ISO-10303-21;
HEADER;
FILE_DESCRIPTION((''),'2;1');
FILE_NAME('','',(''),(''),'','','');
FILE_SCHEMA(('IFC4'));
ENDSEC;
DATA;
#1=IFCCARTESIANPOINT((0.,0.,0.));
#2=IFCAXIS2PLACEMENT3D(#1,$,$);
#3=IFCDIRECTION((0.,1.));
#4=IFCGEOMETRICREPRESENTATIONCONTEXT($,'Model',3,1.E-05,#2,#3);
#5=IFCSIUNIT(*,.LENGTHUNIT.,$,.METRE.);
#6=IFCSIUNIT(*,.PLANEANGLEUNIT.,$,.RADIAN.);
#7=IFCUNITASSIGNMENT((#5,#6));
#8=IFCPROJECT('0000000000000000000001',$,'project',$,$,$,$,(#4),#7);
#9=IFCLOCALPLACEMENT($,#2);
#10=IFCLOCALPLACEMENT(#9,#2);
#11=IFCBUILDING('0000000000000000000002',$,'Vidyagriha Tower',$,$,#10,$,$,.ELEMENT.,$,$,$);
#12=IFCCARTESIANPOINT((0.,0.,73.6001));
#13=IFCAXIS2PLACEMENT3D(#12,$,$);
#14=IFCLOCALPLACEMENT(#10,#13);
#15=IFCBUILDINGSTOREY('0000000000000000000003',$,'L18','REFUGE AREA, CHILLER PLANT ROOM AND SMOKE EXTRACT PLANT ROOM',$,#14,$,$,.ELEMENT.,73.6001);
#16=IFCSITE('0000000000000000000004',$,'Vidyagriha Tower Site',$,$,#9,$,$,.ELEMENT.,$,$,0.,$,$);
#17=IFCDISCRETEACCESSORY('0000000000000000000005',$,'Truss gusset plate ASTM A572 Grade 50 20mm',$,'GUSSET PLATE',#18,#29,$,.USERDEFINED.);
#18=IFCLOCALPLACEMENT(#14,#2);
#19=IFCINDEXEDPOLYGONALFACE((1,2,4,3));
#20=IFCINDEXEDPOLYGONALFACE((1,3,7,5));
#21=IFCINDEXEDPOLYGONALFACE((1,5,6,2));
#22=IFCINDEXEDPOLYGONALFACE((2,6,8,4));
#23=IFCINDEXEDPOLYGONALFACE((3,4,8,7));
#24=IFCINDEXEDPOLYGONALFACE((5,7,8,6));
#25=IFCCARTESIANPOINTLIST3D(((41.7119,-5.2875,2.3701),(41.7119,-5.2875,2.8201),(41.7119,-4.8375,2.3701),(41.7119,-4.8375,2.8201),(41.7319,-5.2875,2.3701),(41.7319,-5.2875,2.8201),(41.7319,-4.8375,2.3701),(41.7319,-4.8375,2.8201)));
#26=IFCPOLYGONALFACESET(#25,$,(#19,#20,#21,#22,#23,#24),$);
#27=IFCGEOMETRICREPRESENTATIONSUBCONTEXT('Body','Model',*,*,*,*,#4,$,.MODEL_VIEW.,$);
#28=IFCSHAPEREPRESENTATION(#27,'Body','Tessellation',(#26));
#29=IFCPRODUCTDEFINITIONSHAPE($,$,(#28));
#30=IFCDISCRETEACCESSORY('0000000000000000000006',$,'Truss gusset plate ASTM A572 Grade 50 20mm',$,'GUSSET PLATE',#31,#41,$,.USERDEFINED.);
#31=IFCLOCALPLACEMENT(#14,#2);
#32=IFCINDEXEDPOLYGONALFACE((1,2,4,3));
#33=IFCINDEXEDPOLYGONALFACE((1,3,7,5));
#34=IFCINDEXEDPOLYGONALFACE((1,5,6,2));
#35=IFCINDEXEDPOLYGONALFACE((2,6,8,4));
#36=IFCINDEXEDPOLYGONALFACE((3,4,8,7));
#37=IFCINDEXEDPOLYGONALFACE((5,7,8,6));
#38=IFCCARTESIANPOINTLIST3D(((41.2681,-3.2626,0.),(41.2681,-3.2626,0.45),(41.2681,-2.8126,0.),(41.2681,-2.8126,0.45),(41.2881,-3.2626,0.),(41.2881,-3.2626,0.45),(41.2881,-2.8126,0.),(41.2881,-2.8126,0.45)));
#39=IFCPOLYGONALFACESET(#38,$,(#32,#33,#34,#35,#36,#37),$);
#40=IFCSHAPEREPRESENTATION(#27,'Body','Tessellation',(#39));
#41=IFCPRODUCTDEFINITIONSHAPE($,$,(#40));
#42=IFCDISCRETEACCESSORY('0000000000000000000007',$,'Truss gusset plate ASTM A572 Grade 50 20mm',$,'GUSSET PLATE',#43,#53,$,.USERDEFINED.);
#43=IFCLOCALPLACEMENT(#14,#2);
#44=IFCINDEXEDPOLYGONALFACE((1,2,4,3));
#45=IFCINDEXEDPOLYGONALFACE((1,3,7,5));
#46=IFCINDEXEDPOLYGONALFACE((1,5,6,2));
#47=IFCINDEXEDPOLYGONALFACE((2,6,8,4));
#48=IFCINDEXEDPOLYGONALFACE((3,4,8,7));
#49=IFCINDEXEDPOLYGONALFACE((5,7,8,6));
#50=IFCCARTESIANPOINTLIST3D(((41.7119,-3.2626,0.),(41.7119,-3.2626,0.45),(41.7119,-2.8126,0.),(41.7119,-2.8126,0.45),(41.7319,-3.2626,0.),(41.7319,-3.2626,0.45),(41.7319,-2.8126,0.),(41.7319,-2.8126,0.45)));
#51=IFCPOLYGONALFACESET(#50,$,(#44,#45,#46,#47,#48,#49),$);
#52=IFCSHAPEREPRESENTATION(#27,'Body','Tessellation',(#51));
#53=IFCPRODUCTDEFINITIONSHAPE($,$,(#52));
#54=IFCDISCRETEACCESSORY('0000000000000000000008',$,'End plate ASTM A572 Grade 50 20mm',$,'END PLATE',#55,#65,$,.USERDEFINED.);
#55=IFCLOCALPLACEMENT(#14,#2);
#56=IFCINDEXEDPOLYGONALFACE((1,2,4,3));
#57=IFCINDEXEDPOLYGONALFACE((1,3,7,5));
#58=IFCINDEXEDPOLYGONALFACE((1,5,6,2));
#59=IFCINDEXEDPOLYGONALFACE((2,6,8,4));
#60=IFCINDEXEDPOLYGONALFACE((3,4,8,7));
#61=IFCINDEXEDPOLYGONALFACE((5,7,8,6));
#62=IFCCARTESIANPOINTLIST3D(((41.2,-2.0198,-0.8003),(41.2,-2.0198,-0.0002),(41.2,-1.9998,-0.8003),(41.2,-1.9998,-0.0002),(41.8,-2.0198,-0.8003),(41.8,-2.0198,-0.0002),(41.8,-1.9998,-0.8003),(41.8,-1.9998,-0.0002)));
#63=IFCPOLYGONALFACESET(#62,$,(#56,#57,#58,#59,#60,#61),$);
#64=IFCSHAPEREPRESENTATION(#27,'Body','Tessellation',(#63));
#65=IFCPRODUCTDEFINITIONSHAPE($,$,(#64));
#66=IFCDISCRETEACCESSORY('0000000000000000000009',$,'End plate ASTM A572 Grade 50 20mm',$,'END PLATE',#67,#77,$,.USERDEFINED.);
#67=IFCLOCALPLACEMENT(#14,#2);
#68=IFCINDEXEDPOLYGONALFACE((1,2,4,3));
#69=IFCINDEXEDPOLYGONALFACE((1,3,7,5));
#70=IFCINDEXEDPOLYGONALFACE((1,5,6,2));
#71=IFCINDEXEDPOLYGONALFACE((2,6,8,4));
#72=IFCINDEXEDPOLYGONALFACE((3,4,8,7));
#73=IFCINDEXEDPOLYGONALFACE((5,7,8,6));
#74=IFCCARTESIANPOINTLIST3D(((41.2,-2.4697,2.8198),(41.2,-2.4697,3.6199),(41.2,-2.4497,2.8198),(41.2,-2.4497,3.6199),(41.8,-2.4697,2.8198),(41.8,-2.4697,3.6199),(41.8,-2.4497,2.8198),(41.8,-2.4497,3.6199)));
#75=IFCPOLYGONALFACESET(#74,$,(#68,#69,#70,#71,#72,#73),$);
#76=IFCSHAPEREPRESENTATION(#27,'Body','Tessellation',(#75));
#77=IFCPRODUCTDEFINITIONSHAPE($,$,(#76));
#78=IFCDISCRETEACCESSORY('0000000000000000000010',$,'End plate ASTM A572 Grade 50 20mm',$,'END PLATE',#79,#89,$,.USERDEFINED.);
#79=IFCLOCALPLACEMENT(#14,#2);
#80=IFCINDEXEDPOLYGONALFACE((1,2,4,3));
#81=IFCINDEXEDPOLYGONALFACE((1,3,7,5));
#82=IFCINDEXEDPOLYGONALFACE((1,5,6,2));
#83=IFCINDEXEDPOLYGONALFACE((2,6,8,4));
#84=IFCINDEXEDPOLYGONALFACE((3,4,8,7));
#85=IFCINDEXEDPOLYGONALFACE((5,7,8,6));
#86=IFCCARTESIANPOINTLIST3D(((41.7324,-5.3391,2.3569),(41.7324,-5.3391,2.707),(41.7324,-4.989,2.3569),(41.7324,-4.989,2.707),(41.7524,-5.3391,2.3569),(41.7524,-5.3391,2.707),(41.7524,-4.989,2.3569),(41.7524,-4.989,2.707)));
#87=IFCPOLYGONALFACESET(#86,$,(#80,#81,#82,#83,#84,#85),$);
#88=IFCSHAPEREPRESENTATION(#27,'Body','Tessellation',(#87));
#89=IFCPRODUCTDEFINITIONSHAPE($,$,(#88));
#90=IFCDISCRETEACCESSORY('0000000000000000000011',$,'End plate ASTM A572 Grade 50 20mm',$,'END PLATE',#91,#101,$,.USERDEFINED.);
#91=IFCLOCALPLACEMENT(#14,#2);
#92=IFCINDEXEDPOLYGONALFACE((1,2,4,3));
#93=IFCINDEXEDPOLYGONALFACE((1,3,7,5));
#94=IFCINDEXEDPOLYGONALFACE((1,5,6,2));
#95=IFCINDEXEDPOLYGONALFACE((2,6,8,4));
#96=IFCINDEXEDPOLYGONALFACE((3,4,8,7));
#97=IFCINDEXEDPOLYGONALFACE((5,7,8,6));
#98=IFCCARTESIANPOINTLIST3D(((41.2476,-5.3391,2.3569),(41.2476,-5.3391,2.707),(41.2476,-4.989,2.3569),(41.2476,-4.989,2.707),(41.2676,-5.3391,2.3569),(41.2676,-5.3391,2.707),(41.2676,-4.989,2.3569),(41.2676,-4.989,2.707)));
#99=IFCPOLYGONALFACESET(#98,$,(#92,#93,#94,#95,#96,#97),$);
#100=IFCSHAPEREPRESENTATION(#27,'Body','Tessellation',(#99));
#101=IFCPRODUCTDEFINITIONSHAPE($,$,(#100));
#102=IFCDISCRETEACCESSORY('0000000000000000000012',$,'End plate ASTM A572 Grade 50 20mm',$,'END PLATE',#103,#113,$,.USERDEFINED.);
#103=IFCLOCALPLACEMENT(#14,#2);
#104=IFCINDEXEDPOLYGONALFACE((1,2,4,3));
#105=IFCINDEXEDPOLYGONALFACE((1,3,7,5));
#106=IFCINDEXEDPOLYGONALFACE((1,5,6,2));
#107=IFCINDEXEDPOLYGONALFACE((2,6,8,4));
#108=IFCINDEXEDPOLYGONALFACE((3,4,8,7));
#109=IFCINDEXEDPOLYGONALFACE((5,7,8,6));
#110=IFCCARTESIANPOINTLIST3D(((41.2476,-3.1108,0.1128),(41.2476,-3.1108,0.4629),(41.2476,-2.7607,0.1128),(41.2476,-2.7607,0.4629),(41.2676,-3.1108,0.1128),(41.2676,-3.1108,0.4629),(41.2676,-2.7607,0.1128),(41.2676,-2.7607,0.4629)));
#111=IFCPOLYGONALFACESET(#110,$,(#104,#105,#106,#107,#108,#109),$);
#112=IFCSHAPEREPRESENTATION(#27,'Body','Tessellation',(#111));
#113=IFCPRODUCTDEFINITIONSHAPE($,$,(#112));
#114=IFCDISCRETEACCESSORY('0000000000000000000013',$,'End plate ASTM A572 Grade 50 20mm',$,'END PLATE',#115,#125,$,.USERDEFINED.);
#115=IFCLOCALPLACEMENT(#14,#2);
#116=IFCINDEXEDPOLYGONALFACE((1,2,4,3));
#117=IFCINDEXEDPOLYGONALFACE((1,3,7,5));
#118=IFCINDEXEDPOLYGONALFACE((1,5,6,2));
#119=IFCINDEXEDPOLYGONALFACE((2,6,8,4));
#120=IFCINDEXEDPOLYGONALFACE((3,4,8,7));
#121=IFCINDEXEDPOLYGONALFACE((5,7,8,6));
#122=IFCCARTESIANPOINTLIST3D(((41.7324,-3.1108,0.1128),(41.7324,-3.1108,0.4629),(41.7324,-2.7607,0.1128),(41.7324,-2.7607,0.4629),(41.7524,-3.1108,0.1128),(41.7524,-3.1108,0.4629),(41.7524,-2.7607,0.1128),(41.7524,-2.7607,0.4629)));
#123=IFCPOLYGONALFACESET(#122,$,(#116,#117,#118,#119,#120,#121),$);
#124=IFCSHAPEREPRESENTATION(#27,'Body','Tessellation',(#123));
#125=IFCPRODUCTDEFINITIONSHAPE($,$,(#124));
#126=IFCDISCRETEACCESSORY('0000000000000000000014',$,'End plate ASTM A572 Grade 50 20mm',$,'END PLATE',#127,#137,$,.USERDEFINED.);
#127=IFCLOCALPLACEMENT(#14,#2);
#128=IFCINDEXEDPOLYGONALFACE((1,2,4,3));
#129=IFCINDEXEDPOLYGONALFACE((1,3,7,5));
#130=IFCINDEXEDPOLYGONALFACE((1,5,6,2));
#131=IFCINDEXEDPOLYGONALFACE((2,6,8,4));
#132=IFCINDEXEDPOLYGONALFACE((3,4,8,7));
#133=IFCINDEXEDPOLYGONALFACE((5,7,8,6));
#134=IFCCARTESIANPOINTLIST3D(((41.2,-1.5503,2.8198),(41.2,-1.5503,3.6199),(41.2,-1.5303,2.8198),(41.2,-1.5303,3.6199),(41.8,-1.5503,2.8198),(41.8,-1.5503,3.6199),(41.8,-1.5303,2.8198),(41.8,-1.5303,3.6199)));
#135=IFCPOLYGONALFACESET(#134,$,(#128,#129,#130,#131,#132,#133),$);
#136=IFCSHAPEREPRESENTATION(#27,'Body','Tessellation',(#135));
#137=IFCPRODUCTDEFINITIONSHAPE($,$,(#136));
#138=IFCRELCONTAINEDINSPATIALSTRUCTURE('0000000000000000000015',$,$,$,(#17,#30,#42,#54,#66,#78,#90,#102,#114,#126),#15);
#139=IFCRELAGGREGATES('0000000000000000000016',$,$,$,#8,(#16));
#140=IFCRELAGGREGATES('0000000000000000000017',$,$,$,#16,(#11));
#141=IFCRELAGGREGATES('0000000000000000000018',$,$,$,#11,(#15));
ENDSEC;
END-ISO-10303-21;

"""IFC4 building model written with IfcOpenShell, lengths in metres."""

from ifc_helpers import new_model, si_unit, direction, frame, origin, origin_2d, place, context, subcontext, project, spatial, rectangle, extrude, element, save


model = new_model("IFC4")

# Units and contexts
model_context = context("Model", 3, precision=1e-05, world=origin(), true_north=direction((0.0, 1.0)))
body_context = subcontext(model_context, "Body", "Model", "MODEL_VIEW")
ifc_project = project(units=[si_unit("LENGTHUNIT", "METRE"), si_unit("PLANEANGLEUNIT", "RADIAN")], contexts=[model_context])

# Site, building, storey
site_placement = place(None, origin())
site = spatial("IfcSite", under=ifc_project, at=site_placement, Name="Vidyagriha Tower Site", CompositionType="ELEMENT", RefElevation=0.0)
building_placement = place(site_placement, origin())
building = spatial("IfcBuilding", under=site, at=building_placement, Name="Vidyagriha Tower", CompositionType="ELEMENT")
storey_placement = place(building_placement, frame((0.0, 0.0, 73.6001)))
storey = spatial("IfcBuildingStorey", under=building, at=storey_placement, Name="L18", Description="REFUGE AREA, CHILLER PLANT ROOM AND SMOKE EXTRACT PLANT ROOM", CompositionType="ELEMENT", Elevation=73.6001)

# Discrete accessories
for number, where, z_axis, x_axis, name in (
    (1, (41.7219, -5.0625, 2.3701), (0.0, 0.0, 1.0), (0.0, 1.0, 0.0), "Truss gusset plate ASTM A572 Grade 50 20mm"),
    (2, (41.2781, -3.0376, 0.0), (0.0, 0.0, 1.0), (0.0, 1.0, 0.0), "Truss gusset plate ASTM A572 Grade 50 20mm"),
    (3, (41.7219, -3.0376, 0.0), (0.0, 0.0, 1.0), (0.0, 1.0, 0.0), "Truss gusset plate ASTM A572 Grade 50 20mm"),
):
    element("IfcDiscreteAccessory", number, at=place(storey_placement, frame(where, z_axis=z_axis, x_axis=x_axis)), inside=storey, Name=name, ObjectType="GUSSET PLATE", PredefinedType="USERDEFINED", context=body_context, shape_type="SweptSolid", body=[
        extrude(rectangle(XDim=0.45, YDim=0.02, at=origin_2d()), origin(), (0.0, 0.0, 1.0), 0.45),
    ])
for number, where, z_axis, x_axis, name in (
    (4, (41.5, -2.0098, -0.8003), (0.0, 0.0, 1.0), (0.0, 1.0, 0.0), "End plate ASTM A572 Grade 50 20mm"),
    (5, (41.5, -2.4597, 2.8198), (0.0, 0.0, 1.0), (0.0, 1.0, 0.0), "End plate ASTM A572 Grade 50 20mm"),
):
    element("IfcDiscreteAccessory", number, at=place(storey_placement, frame(where, z_axis=z_axis, x_axis=x_axis)), inside=storey, Name=name, ObjectType="END PLATE", PredefinedType="USERDEFINED", context=body_context, shape_type="SweptSolid", body=[
        extrude(rectangle(XDim=0.02, YDim=0.6001, at=origin_2d()), origin(), (0.0, 0.0, 1.0), 0.8),
    ])
for number, where, z_axis, x_axis, name in (
    (6, (41.7424, -5.1641, 2.3569), (0.0, 0.0, 1.0), (0.0, -1.0, 0.0), "End plate ASTM A572 Grade 50 20mm"),
    (7, (41.2576, -5.1641, 2.3569), (0.0, 0.0, 1.0), (0.0, -1.0, 0.0), "End plate ASTM A572 Grade 50 20mm"),
    (8, (41.2576, -2.9358, 0.1128), (0.0, 0.0, 1.0), (0.0, 1.0, 0.0), "End plate ASTM A572 Grade 50 20mm"),
    (9, (41.7424, -2.9358, 0.1128), (0.0, 0.0, 1.0), (0.0, 1.0, 0.0), "End plate ASTM A572 Grade 50 20mm"),
):
    element("IfcDiscreteAccessory", number, at=place(storey_placement, frame(where, z_axis=z_axis, x_axis=x_axis)), inside=storey, Name=name, ObjectType="END PLATE", PredefinedType="USERDEFINED", context=body_context, shape_type="SweptSolid", body=[
        extrude(rectangle(XDim=0.3501, YDim=0.02, at=origin_2d()), origin(), (0.0, 0.0, 1.0), 0.3501),
    ])
discrete_accessory_placement = place(storey_placement, frame((41.5, -1.5403, 2.8198), z_axis=(0.0, 0.0, 1.0), x_axis=(0.0, -1.0, 0.0)))
element("IfcDiscreteAccessory", 10, at=discrete_accessory_placement, inside=storey, Name="End plate ASTM A572 Grade 50 20mm", ObjectType="END PLATE", PredefinedType="USERDEFINED", context=body_context, shape_type="SweptSolid", body=[
    extrude(rectangle(XDim=0.02, YDim=0.6001, at=origin_2d()), origin(), (0.0, 0.0, 1.0), 0.8),
])

save(model, "model.ifc")
